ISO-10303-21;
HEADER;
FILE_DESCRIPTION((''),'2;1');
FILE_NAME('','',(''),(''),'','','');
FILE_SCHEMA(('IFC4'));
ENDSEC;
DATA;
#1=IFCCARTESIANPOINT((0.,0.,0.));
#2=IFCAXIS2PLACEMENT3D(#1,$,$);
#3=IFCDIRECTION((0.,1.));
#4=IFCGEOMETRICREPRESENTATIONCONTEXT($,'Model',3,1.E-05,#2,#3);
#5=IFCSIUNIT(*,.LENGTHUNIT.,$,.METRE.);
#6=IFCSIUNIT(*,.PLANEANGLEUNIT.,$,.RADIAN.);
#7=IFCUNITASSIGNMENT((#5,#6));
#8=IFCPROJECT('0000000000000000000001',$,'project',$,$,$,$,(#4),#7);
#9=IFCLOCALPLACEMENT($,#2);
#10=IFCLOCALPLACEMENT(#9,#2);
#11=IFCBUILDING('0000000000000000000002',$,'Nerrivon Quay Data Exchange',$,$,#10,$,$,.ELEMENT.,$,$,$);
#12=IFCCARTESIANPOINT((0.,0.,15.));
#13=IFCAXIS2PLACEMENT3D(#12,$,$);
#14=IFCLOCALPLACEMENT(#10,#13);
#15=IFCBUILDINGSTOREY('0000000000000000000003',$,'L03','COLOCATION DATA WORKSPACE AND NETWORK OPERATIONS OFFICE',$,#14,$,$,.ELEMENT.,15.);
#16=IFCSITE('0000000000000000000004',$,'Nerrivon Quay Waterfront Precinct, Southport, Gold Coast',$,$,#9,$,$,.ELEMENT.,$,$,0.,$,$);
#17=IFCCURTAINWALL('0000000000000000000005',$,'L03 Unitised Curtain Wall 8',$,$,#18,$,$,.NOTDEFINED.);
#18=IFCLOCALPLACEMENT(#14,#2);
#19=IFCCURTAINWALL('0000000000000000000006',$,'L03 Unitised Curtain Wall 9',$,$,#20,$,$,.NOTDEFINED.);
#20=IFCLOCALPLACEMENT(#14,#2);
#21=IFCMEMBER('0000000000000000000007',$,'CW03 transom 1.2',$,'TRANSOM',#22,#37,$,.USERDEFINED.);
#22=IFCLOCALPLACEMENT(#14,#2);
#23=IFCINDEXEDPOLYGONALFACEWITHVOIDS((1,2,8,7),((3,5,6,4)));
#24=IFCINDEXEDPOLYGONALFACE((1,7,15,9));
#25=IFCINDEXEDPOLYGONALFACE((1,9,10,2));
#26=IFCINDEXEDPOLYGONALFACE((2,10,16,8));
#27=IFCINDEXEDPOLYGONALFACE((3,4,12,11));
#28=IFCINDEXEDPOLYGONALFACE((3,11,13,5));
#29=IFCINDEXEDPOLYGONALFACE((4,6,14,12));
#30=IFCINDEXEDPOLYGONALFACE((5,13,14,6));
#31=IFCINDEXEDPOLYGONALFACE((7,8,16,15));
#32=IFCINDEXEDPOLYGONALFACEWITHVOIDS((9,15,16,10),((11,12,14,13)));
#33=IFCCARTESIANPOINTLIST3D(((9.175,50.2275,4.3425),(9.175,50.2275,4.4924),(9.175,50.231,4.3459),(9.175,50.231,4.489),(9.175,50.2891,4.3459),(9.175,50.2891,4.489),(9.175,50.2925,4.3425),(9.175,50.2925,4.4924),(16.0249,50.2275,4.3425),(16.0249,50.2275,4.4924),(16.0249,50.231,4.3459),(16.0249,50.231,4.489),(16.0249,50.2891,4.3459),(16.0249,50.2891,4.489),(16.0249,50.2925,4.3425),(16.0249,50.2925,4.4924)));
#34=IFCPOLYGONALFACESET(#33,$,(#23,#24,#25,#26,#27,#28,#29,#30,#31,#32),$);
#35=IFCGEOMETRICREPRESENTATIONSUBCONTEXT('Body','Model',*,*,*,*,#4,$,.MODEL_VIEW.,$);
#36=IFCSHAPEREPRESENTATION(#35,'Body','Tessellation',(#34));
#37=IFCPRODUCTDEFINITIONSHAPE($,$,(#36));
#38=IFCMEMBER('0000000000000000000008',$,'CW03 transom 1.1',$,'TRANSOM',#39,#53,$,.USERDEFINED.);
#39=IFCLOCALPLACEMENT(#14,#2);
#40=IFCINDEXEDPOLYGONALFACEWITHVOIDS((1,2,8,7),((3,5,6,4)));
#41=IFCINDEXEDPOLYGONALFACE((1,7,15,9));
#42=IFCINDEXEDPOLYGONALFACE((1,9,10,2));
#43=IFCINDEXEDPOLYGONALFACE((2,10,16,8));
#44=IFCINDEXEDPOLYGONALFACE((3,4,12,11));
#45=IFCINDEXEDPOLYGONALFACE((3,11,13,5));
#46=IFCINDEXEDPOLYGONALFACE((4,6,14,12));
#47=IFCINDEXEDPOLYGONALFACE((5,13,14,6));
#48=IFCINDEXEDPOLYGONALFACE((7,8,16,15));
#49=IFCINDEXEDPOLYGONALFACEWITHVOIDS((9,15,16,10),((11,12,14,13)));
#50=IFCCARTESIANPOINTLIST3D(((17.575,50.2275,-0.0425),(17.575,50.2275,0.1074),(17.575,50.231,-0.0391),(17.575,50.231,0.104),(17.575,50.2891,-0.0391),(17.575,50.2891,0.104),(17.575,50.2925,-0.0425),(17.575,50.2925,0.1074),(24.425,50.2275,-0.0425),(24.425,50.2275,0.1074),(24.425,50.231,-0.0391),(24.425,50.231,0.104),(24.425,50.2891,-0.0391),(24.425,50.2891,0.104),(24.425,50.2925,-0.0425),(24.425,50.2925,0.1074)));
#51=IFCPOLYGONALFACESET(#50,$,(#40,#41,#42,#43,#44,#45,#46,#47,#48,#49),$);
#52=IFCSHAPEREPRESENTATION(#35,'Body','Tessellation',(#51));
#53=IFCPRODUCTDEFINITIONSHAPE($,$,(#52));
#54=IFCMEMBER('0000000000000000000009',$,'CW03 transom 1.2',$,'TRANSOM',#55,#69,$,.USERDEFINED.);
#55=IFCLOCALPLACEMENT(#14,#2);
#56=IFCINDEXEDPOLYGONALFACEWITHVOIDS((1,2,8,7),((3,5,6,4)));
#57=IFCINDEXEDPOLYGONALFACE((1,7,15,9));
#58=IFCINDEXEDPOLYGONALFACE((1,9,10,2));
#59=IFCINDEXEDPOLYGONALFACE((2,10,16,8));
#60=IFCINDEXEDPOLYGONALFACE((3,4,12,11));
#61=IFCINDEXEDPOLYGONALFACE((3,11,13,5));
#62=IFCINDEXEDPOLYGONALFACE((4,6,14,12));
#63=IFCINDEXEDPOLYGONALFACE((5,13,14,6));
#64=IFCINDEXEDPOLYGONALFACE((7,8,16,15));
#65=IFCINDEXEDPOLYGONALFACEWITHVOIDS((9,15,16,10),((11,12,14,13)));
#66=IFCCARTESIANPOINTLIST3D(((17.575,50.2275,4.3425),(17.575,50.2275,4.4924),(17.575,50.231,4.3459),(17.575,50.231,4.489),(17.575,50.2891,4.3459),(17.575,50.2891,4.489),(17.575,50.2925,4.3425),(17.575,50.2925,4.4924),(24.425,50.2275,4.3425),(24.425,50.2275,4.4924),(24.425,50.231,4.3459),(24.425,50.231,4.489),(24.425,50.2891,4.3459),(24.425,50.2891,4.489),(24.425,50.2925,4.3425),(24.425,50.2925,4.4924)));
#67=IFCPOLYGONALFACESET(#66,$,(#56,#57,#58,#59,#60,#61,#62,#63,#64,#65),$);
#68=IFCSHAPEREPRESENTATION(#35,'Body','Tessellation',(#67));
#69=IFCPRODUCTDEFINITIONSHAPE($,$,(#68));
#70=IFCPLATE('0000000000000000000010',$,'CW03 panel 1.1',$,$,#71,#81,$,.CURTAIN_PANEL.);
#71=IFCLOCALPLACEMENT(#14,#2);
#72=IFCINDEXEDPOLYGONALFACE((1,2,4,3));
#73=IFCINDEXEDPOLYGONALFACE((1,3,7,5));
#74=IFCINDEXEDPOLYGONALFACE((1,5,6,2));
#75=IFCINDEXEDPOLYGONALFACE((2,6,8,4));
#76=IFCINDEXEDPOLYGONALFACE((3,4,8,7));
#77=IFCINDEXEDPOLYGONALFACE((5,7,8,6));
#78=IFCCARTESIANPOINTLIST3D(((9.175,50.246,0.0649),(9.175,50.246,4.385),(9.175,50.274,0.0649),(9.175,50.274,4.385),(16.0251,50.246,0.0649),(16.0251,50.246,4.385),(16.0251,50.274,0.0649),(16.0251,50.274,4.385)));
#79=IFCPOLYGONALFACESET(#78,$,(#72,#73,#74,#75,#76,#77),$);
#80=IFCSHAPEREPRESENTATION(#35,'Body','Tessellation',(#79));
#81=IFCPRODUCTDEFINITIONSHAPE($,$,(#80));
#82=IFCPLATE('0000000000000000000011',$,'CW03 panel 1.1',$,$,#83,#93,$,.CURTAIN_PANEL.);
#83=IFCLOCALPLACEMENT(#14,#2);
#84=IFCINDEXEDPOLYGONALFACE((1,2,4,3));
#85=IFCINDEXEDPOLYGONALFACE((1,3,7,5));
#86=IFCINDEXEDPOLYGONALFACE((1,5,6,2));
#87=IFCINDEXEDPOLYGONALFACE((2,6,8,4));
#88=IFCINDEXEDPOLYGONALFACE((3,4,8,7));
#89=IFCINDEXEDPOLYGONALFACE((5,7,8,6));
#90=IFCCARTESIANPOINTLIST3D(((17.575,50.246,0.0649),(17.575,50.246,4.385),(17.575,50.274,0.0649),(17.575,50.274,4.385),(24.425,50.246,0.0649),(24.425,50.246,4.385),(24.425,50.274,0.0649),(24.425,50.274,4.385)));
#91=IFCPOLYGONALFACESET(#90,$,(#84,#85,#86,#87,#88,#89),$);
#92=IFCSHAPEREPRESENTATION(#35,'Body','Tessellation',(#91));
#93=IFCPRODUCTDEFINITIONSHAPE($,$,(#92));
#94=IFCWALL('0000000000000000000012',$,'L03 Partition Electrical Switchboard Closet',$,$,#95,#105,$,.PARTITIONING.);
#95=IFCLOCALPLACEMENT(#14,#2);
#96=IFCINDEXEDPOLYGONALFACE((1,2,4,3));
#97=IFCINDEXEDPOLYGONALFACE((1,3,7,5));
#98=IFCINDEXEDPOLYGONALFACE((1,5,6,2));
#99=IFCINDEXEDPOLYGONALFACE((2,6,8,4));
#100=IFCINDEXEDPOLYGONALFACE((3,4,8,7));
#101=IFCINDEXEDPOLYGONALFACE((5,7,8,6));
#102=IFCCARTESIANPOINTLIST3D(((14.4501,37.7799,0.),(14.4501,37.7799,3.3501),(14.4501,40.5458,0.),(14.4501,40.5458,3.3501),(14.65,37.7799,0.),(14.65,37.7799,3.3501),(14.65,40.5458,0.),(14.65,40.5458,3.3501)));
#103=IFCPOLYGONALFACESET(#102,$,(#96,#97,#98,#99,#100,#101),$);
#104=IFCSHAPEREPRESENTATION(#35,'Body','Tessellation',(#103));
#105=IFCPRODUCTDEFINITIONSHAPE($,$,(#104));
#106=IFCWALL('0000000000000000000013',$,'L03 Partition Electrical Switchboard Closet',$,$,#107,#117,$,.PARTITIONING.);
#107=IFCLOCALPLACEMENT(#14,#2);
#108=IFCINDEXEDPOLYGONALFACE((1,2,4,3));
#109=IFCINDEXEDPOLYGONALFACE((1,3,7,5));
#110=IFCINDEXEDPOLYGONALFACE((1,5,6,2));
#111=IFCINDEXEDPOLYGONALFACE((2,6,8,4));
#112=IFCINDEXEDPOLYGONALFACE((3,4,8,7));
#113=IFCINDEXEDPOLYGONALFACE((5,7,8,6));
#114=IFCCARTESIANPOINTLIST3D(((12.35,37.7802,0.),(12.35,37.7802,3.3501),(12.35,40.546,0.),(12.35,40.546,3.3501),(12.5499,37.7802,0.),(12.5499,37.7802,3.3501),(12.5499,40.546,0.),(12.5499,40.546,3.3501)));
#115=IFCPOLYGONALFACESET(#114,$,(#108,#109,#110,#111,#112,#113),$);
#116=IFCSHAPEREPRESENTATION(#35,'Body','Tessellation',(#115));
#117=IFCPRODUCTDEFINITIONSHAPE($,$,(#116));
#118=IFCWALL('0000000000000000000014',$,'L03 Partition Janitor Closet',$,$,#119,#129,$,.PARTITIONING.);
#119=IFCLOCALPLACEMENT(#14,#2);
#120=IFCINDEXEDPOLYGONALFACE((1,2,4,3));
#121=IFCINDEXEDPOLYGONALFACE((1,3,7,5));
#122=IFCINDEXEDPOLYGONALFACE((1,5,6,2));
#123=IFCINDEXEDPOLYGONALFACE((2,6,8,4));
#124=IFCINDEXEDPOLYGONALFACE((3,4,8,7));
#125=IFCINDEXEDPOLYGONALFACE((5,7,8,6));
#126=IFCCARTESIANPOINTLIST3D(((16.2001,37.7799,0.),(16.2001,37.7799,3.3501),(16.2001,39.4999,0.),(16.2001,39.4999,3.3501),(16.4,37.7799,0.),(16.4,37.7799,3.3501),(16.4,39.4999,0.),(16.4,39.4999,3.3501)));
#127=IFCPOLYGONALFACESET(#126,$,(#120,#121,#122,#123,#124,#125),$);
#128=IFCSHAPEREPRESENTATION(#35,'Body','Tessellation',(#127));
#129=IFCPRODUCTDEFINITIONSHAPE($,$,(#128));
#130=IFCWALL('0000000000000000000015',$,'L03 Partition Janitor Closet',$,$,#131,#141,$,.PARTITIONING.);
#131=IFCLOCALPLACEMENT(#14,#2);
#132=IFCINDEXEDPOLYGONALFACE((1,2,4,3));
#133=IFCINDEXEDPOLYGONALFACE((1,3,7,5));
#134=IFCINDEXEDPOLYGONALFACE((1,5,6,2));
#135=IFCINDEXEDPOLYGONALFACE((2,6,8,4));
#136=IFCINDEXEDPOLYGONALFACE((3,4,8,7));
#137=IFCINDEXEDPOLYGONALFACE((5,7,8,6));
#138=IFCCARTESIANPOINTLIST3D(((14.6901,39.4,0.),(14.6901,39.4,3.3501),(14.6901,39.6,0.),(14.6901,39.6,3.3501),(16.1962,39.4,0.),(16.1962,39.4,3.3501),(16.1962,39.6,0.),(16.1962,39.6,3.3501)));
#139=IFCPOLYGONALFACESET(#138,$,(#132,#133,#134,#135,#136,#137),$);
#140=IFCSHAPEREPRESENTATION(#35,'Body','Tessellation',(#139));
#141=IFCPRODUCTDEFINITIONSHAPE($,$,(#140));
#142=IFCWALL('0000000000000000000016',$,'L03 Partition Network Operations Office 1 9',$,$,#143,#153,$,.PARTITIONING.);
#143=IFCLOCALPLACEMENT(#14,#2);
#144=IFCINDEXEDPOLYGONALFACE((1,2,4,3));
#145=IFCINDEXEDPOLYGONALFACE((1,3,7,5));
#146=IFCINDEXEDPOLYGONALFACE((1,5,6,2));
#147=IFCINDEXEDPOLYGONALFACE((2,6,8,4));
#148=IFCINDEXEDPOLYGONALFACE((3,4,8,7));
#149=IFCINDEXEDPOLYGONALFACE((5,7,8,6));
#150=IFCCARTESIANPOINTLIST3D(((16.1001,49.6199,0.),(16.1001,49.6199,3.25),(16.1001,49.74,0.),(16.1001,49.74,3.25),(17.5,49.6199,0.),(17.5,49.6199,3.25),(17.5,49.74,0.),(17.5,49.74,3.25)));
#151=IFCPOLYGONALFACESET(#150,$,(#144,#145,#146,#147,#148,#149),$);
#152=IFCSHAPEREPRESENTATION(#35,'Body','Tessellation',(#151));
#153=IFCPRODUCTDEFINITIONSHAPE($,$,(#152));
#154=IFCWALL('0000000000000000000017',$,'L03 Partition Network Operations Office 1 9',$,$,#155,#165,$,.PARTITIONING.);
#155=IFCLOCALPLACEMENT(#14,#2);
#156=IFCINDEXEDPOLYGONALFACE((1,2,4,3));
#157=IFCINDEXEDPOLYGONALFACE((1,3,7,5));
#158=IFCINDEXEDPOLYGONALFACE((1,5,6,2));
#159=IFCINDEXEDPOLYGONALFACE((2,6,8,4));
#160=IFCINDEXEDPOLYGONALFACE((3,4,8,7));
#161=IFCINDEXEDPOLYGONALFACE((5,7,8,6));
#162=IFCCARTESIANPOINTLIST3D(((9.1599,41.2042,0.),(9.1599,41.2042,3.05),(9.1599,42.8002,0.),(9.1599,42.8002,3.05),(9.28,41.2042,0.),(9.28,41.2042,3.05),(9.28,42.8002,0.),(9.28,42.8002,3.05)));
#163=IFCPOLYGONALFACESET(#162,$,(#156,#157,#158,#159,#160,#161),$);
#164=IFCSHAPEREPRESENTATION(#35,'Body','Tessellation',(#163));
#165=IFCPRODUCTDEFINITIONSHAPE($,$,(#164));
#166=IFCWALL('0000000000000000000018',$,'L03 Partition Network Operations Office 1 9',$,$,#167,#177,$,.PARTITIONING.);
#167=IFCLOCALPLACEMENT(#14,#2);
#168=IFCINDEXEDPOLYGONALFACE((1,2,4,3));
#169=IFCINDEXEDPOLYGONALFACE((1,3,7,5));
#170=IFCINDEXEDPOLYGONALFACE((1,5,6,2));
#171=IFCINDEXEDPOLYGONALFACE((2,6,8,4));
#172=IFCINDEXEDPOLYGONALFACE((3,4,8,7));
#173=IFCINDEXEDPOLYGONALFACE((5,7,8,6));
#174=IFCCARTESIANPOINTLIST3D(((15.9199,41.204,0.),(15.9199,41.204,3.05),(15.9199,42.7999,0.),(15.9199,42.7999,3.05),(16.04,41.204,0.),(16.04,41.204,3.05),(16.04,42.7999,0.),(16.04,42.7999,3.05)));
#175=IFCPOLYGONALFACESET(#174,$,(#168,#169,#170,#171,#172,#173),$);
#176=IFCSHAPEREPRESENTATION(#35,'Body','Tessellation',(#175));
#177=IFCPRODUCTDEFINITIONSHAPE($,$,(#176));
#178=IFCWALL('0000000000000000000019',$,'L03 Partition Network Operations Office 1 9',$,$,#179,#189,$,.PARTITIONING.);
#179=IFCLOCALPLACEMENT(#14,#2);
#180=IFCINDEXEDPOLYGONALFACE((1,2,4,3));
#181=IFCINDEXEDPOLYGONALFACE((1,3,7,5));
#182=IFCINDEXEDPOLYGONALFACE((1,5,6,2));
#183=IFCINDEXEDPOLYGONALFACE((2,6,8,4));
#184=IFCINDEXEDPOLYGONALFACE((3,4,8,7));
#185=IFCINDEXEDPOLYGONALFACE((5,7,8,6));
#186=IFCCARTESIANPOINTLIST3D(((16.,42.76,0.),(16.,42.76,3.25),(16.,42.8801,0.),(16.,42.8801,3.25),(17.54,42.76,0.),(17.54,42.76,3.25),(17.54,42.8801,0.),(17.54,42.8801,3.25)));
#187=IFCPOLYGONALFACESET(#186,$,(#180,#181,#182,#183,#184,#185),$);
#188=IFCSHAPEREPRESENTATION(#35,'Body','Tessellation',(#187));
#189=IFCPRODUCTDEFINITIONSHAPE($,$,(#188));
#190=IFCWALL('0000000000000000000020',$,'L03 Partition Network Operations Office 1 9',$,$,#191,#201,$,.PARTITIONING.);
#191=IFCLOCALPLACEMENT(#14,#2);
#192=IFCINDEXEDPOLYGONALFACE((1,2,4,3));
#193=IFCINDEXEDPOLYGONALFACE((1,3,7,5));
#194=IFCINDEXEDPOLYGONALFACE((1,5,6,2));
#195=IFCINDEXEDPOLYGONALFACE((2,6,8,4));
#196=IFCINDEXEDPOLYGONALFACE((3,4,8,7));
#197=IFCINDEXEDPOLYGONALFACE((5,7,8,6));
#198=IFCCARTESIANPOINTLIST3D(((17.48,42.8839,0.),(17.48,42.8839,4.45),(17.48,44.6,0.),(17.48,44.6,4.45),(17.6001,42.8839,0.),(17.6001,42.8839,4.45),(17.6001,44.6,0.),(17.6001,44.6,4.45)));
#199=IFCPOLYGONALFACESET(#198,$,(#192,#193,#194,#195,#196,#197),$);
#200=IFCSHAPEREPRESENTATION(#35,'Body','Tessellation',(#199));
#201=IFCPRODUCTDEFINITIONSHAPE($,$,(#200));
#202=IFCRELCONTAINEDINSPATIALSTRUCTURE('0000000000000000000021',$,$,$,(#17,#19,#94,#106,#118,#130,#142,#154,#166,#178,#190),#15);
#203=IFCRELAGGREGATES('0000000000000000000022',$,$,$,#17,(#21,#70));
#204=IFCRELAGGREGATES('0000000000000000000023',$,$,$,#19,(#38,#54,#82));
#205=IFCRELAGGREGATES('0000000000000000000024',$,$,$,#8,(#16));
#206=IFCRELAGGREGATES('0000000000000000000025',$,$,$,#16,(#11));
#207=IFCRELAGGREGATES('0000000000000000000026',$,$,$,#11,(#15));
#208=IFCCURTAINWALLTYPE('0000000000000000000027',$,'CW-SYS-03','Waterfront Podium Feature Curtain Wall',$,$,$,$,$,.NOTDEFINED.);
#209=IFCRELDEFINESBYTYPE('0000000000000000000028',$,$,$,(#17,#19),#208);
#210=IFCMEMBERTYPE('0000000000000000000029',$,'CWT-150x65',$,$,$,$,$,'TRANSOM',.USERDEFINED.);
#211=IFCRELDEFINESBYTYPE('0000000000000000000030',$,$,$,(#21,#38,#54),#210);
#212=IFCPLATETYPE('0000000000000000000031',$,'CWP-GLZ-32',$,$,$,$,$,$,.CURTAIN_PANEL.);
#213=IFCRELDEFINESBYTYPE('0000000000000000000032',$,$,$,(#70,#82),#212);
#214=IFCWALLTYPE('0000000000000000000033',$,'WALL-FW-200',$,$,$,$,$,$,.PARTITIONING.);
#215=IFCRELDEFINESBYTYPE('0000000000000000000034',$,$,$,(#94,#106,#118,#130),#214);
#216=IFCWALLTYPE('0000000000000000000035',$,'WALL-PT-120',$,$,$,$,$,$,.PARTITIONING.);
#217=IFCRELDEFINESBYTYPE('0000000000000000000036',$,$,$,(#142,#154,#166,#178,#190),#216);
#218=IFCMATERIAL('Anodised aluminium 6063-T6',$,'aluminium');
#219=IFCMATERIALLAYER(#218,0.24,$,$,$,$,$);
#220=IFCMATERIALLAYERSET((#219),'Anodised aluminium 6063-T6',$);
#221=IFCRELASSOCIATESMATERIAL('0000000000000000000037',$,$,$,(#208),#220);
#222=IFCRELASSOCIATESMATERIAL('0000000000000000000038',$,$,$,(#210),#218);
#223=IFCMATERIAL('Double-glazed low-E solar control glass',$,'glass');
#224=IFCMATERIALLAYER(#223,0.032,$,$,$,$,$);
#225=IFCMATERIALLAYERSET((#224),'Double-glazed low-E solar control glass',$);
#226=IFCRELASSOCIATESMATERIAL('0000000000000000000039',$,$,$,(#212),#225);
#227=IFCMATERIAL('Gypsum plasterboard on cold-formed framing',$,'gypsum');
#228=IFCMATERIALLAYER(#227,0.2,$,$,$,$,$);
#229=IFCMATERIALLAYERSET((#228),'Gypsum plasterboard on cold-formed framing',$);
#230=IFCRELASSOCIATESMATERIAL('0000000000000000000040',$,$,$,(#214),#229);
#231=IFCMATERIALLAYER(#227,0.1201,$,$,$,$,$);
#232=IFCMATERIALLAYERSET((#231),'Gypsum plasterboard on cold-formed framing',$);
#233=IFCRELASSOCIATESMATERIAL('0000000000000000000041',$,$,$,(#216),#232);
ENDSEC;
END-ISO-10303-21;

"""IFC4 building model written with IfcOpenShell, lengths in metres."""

from ifc_helpers import new_model, si_unit, direction, frame, frame_2d, origin, origin_2d, place, context, subcontext, project, spatial, rectangle, hollow_rectangle, extrude, material, layer, layer_set, material_profile, profile_set, type_object, element, aggregate, save


model = new_model("IFC4")

# Units and contexts
model_context = context("Model", 3, precision=1e-05, world=origin(), true_north=direction((0.0, 1.0)))
body_context = subcontext(model_context, "Body", "Model", "MODEL_VIEW")
ifc_project = project(units=[si_unit("LENGTHUNIT", "METRE"), si_unit("PLANEANGLEUNIT", "RADIAN")], contexts=[model_context])

# Site, building, storey
site_placement = place(None, origin())
site = spatial("IfcSite", under=ifc_project, at=site_placement, Name="Nerrivon Quay Waterfront Precinct, Southport, Gold Coast", CompositionType="ELEMENT", RefElevation=0.0)
building_placement = place(site_placement, origin())
building = spatial("IfcBuilding", under=site, at=building_placement, Name="Nerrivon Quay Data Exchange", CompositionType="ELEMENT")
storey_placement = place(building_placement, frame((0.0, 0.0, 15.0)))
storey = spatial("IfcBuildingStorey", under=building, at=storey_placement, Name="L03", Description="COLOCATION DATA WORKSPACE AND NETWORK OPERATIONS OFFICE", CompositionType="ELEMENT", Elevation=15.0)

# Curtain walls
ifc_material_1 = material(Name="Anodised aluminium 6063-T6", Category="aluminium")
ifc_layer_1 = layer(ifc_material_1, 0.24)
ifc_layer_set_1 = layer_set([ifc_layer_1], Name="Anodised aluminium 6063-T6")
curtain_wall_type = type_object("IfcCurtainWallType", Name="CW-SYS-03", Description="Waterfront Podium Feature Curtain Wall", PredefinedType="NOTDEFINED", material=ifc_layer_set_1)
curtain_wall_1_placement = place(storey_placement, origin())
curtain_wall_1 = element("IfcCurtainWall", 1, at=curtain_wall_1_placement, inside=storey, type_object=curtain_wall_type, Name="L03 Unitised Curtain Wall 8", PredefinedType="NOTDEFINED")
curtain_wall_2_placement = place(storey_placement, origin())
curtain_wall_2 = element("IfcCurtainWall", 2, at=curtain_wall_2_placement, inside=storey, type_object=curtain_wall_type, Name="L03 Unitised Curtain Wall 9", PredefinedType="NOTDEFINED")

# Members
ifc_material_profile_1 = material_profile(ifc_material_1, hollow_rectangle(XDim=0.0649, YDim=0.1499, WallThickness=0.0034, at=origin_2d()), Name="ALU-TRAN-150x65")
ifc_profile_set_1 = profile_set([ifc_material_profile_1], Name="Anodised aluminium 6063-T6")
member_type_1 = type_object("IfcMemberType", Name="CWT-150x65", ElementType="TRANSOM", PredefinedType="USERDEFINED", material=ifc_profile_set_1)
member_1_placement = place(storey_placement, frame((9.175, 50.26, 4.4175), z_axis=(1.0, 0.0, 0.0), x_axis=(0.0, 1.0, 0.0)))
member_1 = element("IfcMember", 3, at=member_1_placement, type_object=member_type_1, Name="CW03 transom 1.2", ObjectType="TRANSOM", PredefinedType="USERDEFINED", context=body_context, shape_type="SweptSolid", body=[
    extrude(hollow_rectangle(XDim=0.0649, YDim=0.1499, WallThickness=0.0034, at=origin_2d()), origin(), (0.0, 0.0, 1.0), 6.8499),
])
member_2_placement = place(storey_placement, frame((17.575, 50.26, 0.0325), z_axis=(1.0, 0.0, 0.0), x_axis=(0.0, 1.0, 0.0)))
member_2 = element("IfcMember", 4, at=member_2_placement, type_object=member_type_1, Name="CW03 transom 1.1", ObjectType="TRANSOM", PredefinedType="USERDEFINED", context=body_context, shape_type="SweptSolid", body=[
    extrude(hollow_rectangle(XDim=0.0649, YDim=0.1499, WallThickness=0.0034, at=origin_2d()), origin(), (0.0, 0.0, 1.0), 6.8501),
])
member_3_placement = place(storey_placement, frame((17.575, 50.26, 4.4175), z_axis=(1.0, 0.0, 0.0), x_axis=(0.0, 1.0, 0.0)))
member_3 = element("IfcMember", 5, at=member_3_placement, type_object=member_type_1, Name="CW03 transom 1.2", ObjectType="TRANSOM", PredefinedType="USERDEFINED", context=body_context, shape_type="SweptSolid", body=[
    extrude(hollow_rectangle(XDim=0.0649, YDim=0.1499, WallThickness=0.0034, at=origin_2d()), origin(), (0.0, 0.0, 1.0), 6.8501),
])

# Plates
ifc_material_2 = material(Name="Double-glazed low-E solar control glass", Category="glass")
ifc_layer_2 = layer(ifc_material_2, 0.032)
ifc_layer_set_2 = layer_set([ifc_layer_2], Name="Double-glazed low-E solar control glass")
plate_type = type_object("IfcPlateType", Name="CWP-GLZ-32", PredefinedType="CURTAIN_PANEL", material=ifc_layer_set_2)
plate_1_placement = place(storey_placement, frame((12.6001, 50.26, 0.0649), z_axis=(0.0, 0.0, 1.0), x_axis=(1.0, 0.0, 0.0)))
plate_1 = element("IfcPlate", 6, at=plate_1_placement, type_object=plate_type, Name="CW03 panel 1.1", PredefinedType="CURTAIN_PANEL", context=body_context, shape_type="SweptSolid", body=[
    extrude(rectangle(XDim=6.8501, YDim=0.0281, at=origin_2d()), origin(), (0.0, 0.0, 1.0), 4.3201),
])
aggregate(curtain_wall_1, [member_1, plate_1])
plate_2_placement = place(storey_placement, frame((21.0, 50.26, 0.0649), z_axis=(0.0, 0.0, 1.0), x_axis=(1.0, 0.0, 0.0)))
plate_2 = element("IfcPlate", 7, at=plate_2_placement, type_object=plate_type, Name="CW03 panel 1.1", PredefinedType="CURTAIN_PANEL", context=body_context, shape_type="SweptSolid", body=[
    extrude(rectangle(XDim=6.8501, YDim=0.0281, at=origin_2d()), origin(), (0.0, 0.0, 1.0), 4.3201),
])
aggregate(curtain_wall_2, [member_2, member_3, plate_2])

# Walls
ifc_material_3 = material(Name="Gypsum plasterboard on cold-formed framing", Category="gypsum")
ifc_layer_3 = layer(ifc_material_3, 0.2)
ifc_layer_set_3 = layer_set([ifc_layer_3], Name="Gypsum plasterboard on cold-formed framing")
wall_type_1 = type_object("IfcWallType", Name="WALL-FW-200", PredefinedType="PARTITIONING", material=ifc_layer_set_3)
for number, where, z_axis, x_axis, name in (
    (8, (14.55, 37.78, 0.0), (0.0, 0.0, 1.0), (0.0, 1.0, 0.0), "L03 Partition Electrical Switchboard Closet"),
    (9, (12.45, 40.5459, 0.0), (0.0, 0.0, 1.0), (0.0, -1.0, 0.0), "L03 Partition Electrical Switchboard Closet"),
):
    element("IfcWall", number, at=place(storey_placement, frame(where, z_axis=z_axis, x_axis=x_axis)), inside=storey, type_object=wall_type_1, Name=name, PredefinedType="PARTITIONING", context=body_context, shape_type="SweptSolid", body=[
        extrude(rectangle(XDim=2.7659, YDim=0.2, at=frame_2d((1.3828, 0.0))), origin(), (0.0, 0.0, 1.0), 3.3501),
    ])
wall_1_placement = place(storey_placement, frame((16.3, 37.78, 0.0), z_axis=(0.0, 0.0, 1.0), x_axis=(0.0, 1.0, 0.0)))
element("IfcWall", 10, at=wall_1_placement, inside=storey, type_object=wall_type_1, Name="L03 Partition Janitor Closet", PredefinedType="PARTITIONING", context=body_context, shape_type="SweptSolid", body=[
    extrude(rectangle(XDim=1.72, YDim=0.2, at=frame_2d((0.8599, 0.0))), origin(), (0.0, 0.0, 1.0), 3.3501),
])
wall_2_placement = place(storey_placement, frame((16.196, 39.5, 0.0), z_axis=(0.0, 0.0, 1.0), x_axis=(-1.0, 0.0, 0.0)))
element("IfcWall", 11, at=wall_2_placement, inside=storey, type_object=wall_type_1, Name="L03 Partition Janitor Closet", PredefinedType="PARTITIONING", context=body_context, shape_type="SweptSolid", body=[
    extrude(rectangle(XDim=1.5061, YDim=0.2, at=frame_2d((0.7529, 0.0))), origin(), (0.0, 0.0, 1.0), 3.3501),
])
ifc_layer_4 = layer(ifc_material_3, 0.1201)
ifc_layer_set_4 = layer_set([ifc_layer_4], Name="Gypsum plasterboard on cold-formed framing")
wall_type_2 = type_object("IfcWallType", Name="WALL-PT-120", PredefinedType="PARTITIONING", material=ifc_layer_set_4)
wall_3_placement = place(storey_placement, frame((17.5, 49.6799, 0.0), z_axis=(0.0, 0.0, 1.0), x_axis=(-1.0, 0.0, 0.0)))
element("IfcWall", 12, at=wall_3_placement, inside=storey, type_object=wall_type_2, Name="L03 Partition Network Operations Office 1 9", PredefinedType="PARTITIONING", context=body_context, shape_type="SweptSolid", body=[
    extrude(rectangle(XDim=1.3999, YDim=0.1201, at=frame_2d((0.7, 0.0))), origin(), (0.0, 0.0, 1.0), 3.25),
])
for number, where, z_axis, x_axis, name in (
    (13, (9.22, 42.8, 0.0), (0.0, 0.0, 1.0), (0.0, -1.0, 0.0), "L03 Partition Network Operations Office 1 9"),
    (14, (15.98, 41.2041, 0.0), (0.0, 0.0, 1.0), (0.0, 1.0, 0.0), "L03 Partition Network Operations Office 1 9"),
):
    element("IfcWall", number, at=place(storey_placement, frame(where, z_axis=z_axis, x_axis=x_axis)), inside=storey, type_object=wall_type_2, Name=name, PredefinedType="PARTITIONING", context=body_context, shape_type="SweptSolid", body=[
        extrude(rectangle(XDim=1.5959, YDim=0.1201, at=frame_2d((0.7979, 0.0))), origin(), (0.0, 0.0, 1.0), 3.05),
    ])
wall_4_placement = place(storey_placement, frame((16.0, 42.8201, 0.0), z_axis=(0.0, 0.0, 1.0), x_axis=(1.0, 0.0, 0.0)))
element("IfcWall", 15, at=wall_4_placement, inside=storey, type_object=wall_type_2, Name="L03 Partition Network Operations Office 1 9", PredefinedType="PARTITIONING", context=body_context, shape_type="SweptSolid", body=[
    extrude(rectangle(XDim=1.54, YDim=0.1201, at=frame_2d((0.77, 0.0))), origin(), (0.0, 0.0, 1.0), 3.25),
])
wall_5_placement = place(storey_placement, frame((17.54, 42.884, 0.0), z_axis=(0.0, 0.0, 1.0), x_axis=(0.0, 1.0, 0.0)))
element("IfcWall", 16, at=wall_5_placement, inside=storey, type_object=wall_type_2, Name="L03 Partition Network Operations Office 1 9", PredefinedType="PARTITIONING", context=body_context, shape_type="SweptSolid", body=[
    extrude(rectangle(XDim=1.7161, YDim=0.1201, at=frame_2d((0.8579, 0.0))), origin(), (0.0, 0.0, 1.0), 4.45),
])

save(model, "model.ifc")
